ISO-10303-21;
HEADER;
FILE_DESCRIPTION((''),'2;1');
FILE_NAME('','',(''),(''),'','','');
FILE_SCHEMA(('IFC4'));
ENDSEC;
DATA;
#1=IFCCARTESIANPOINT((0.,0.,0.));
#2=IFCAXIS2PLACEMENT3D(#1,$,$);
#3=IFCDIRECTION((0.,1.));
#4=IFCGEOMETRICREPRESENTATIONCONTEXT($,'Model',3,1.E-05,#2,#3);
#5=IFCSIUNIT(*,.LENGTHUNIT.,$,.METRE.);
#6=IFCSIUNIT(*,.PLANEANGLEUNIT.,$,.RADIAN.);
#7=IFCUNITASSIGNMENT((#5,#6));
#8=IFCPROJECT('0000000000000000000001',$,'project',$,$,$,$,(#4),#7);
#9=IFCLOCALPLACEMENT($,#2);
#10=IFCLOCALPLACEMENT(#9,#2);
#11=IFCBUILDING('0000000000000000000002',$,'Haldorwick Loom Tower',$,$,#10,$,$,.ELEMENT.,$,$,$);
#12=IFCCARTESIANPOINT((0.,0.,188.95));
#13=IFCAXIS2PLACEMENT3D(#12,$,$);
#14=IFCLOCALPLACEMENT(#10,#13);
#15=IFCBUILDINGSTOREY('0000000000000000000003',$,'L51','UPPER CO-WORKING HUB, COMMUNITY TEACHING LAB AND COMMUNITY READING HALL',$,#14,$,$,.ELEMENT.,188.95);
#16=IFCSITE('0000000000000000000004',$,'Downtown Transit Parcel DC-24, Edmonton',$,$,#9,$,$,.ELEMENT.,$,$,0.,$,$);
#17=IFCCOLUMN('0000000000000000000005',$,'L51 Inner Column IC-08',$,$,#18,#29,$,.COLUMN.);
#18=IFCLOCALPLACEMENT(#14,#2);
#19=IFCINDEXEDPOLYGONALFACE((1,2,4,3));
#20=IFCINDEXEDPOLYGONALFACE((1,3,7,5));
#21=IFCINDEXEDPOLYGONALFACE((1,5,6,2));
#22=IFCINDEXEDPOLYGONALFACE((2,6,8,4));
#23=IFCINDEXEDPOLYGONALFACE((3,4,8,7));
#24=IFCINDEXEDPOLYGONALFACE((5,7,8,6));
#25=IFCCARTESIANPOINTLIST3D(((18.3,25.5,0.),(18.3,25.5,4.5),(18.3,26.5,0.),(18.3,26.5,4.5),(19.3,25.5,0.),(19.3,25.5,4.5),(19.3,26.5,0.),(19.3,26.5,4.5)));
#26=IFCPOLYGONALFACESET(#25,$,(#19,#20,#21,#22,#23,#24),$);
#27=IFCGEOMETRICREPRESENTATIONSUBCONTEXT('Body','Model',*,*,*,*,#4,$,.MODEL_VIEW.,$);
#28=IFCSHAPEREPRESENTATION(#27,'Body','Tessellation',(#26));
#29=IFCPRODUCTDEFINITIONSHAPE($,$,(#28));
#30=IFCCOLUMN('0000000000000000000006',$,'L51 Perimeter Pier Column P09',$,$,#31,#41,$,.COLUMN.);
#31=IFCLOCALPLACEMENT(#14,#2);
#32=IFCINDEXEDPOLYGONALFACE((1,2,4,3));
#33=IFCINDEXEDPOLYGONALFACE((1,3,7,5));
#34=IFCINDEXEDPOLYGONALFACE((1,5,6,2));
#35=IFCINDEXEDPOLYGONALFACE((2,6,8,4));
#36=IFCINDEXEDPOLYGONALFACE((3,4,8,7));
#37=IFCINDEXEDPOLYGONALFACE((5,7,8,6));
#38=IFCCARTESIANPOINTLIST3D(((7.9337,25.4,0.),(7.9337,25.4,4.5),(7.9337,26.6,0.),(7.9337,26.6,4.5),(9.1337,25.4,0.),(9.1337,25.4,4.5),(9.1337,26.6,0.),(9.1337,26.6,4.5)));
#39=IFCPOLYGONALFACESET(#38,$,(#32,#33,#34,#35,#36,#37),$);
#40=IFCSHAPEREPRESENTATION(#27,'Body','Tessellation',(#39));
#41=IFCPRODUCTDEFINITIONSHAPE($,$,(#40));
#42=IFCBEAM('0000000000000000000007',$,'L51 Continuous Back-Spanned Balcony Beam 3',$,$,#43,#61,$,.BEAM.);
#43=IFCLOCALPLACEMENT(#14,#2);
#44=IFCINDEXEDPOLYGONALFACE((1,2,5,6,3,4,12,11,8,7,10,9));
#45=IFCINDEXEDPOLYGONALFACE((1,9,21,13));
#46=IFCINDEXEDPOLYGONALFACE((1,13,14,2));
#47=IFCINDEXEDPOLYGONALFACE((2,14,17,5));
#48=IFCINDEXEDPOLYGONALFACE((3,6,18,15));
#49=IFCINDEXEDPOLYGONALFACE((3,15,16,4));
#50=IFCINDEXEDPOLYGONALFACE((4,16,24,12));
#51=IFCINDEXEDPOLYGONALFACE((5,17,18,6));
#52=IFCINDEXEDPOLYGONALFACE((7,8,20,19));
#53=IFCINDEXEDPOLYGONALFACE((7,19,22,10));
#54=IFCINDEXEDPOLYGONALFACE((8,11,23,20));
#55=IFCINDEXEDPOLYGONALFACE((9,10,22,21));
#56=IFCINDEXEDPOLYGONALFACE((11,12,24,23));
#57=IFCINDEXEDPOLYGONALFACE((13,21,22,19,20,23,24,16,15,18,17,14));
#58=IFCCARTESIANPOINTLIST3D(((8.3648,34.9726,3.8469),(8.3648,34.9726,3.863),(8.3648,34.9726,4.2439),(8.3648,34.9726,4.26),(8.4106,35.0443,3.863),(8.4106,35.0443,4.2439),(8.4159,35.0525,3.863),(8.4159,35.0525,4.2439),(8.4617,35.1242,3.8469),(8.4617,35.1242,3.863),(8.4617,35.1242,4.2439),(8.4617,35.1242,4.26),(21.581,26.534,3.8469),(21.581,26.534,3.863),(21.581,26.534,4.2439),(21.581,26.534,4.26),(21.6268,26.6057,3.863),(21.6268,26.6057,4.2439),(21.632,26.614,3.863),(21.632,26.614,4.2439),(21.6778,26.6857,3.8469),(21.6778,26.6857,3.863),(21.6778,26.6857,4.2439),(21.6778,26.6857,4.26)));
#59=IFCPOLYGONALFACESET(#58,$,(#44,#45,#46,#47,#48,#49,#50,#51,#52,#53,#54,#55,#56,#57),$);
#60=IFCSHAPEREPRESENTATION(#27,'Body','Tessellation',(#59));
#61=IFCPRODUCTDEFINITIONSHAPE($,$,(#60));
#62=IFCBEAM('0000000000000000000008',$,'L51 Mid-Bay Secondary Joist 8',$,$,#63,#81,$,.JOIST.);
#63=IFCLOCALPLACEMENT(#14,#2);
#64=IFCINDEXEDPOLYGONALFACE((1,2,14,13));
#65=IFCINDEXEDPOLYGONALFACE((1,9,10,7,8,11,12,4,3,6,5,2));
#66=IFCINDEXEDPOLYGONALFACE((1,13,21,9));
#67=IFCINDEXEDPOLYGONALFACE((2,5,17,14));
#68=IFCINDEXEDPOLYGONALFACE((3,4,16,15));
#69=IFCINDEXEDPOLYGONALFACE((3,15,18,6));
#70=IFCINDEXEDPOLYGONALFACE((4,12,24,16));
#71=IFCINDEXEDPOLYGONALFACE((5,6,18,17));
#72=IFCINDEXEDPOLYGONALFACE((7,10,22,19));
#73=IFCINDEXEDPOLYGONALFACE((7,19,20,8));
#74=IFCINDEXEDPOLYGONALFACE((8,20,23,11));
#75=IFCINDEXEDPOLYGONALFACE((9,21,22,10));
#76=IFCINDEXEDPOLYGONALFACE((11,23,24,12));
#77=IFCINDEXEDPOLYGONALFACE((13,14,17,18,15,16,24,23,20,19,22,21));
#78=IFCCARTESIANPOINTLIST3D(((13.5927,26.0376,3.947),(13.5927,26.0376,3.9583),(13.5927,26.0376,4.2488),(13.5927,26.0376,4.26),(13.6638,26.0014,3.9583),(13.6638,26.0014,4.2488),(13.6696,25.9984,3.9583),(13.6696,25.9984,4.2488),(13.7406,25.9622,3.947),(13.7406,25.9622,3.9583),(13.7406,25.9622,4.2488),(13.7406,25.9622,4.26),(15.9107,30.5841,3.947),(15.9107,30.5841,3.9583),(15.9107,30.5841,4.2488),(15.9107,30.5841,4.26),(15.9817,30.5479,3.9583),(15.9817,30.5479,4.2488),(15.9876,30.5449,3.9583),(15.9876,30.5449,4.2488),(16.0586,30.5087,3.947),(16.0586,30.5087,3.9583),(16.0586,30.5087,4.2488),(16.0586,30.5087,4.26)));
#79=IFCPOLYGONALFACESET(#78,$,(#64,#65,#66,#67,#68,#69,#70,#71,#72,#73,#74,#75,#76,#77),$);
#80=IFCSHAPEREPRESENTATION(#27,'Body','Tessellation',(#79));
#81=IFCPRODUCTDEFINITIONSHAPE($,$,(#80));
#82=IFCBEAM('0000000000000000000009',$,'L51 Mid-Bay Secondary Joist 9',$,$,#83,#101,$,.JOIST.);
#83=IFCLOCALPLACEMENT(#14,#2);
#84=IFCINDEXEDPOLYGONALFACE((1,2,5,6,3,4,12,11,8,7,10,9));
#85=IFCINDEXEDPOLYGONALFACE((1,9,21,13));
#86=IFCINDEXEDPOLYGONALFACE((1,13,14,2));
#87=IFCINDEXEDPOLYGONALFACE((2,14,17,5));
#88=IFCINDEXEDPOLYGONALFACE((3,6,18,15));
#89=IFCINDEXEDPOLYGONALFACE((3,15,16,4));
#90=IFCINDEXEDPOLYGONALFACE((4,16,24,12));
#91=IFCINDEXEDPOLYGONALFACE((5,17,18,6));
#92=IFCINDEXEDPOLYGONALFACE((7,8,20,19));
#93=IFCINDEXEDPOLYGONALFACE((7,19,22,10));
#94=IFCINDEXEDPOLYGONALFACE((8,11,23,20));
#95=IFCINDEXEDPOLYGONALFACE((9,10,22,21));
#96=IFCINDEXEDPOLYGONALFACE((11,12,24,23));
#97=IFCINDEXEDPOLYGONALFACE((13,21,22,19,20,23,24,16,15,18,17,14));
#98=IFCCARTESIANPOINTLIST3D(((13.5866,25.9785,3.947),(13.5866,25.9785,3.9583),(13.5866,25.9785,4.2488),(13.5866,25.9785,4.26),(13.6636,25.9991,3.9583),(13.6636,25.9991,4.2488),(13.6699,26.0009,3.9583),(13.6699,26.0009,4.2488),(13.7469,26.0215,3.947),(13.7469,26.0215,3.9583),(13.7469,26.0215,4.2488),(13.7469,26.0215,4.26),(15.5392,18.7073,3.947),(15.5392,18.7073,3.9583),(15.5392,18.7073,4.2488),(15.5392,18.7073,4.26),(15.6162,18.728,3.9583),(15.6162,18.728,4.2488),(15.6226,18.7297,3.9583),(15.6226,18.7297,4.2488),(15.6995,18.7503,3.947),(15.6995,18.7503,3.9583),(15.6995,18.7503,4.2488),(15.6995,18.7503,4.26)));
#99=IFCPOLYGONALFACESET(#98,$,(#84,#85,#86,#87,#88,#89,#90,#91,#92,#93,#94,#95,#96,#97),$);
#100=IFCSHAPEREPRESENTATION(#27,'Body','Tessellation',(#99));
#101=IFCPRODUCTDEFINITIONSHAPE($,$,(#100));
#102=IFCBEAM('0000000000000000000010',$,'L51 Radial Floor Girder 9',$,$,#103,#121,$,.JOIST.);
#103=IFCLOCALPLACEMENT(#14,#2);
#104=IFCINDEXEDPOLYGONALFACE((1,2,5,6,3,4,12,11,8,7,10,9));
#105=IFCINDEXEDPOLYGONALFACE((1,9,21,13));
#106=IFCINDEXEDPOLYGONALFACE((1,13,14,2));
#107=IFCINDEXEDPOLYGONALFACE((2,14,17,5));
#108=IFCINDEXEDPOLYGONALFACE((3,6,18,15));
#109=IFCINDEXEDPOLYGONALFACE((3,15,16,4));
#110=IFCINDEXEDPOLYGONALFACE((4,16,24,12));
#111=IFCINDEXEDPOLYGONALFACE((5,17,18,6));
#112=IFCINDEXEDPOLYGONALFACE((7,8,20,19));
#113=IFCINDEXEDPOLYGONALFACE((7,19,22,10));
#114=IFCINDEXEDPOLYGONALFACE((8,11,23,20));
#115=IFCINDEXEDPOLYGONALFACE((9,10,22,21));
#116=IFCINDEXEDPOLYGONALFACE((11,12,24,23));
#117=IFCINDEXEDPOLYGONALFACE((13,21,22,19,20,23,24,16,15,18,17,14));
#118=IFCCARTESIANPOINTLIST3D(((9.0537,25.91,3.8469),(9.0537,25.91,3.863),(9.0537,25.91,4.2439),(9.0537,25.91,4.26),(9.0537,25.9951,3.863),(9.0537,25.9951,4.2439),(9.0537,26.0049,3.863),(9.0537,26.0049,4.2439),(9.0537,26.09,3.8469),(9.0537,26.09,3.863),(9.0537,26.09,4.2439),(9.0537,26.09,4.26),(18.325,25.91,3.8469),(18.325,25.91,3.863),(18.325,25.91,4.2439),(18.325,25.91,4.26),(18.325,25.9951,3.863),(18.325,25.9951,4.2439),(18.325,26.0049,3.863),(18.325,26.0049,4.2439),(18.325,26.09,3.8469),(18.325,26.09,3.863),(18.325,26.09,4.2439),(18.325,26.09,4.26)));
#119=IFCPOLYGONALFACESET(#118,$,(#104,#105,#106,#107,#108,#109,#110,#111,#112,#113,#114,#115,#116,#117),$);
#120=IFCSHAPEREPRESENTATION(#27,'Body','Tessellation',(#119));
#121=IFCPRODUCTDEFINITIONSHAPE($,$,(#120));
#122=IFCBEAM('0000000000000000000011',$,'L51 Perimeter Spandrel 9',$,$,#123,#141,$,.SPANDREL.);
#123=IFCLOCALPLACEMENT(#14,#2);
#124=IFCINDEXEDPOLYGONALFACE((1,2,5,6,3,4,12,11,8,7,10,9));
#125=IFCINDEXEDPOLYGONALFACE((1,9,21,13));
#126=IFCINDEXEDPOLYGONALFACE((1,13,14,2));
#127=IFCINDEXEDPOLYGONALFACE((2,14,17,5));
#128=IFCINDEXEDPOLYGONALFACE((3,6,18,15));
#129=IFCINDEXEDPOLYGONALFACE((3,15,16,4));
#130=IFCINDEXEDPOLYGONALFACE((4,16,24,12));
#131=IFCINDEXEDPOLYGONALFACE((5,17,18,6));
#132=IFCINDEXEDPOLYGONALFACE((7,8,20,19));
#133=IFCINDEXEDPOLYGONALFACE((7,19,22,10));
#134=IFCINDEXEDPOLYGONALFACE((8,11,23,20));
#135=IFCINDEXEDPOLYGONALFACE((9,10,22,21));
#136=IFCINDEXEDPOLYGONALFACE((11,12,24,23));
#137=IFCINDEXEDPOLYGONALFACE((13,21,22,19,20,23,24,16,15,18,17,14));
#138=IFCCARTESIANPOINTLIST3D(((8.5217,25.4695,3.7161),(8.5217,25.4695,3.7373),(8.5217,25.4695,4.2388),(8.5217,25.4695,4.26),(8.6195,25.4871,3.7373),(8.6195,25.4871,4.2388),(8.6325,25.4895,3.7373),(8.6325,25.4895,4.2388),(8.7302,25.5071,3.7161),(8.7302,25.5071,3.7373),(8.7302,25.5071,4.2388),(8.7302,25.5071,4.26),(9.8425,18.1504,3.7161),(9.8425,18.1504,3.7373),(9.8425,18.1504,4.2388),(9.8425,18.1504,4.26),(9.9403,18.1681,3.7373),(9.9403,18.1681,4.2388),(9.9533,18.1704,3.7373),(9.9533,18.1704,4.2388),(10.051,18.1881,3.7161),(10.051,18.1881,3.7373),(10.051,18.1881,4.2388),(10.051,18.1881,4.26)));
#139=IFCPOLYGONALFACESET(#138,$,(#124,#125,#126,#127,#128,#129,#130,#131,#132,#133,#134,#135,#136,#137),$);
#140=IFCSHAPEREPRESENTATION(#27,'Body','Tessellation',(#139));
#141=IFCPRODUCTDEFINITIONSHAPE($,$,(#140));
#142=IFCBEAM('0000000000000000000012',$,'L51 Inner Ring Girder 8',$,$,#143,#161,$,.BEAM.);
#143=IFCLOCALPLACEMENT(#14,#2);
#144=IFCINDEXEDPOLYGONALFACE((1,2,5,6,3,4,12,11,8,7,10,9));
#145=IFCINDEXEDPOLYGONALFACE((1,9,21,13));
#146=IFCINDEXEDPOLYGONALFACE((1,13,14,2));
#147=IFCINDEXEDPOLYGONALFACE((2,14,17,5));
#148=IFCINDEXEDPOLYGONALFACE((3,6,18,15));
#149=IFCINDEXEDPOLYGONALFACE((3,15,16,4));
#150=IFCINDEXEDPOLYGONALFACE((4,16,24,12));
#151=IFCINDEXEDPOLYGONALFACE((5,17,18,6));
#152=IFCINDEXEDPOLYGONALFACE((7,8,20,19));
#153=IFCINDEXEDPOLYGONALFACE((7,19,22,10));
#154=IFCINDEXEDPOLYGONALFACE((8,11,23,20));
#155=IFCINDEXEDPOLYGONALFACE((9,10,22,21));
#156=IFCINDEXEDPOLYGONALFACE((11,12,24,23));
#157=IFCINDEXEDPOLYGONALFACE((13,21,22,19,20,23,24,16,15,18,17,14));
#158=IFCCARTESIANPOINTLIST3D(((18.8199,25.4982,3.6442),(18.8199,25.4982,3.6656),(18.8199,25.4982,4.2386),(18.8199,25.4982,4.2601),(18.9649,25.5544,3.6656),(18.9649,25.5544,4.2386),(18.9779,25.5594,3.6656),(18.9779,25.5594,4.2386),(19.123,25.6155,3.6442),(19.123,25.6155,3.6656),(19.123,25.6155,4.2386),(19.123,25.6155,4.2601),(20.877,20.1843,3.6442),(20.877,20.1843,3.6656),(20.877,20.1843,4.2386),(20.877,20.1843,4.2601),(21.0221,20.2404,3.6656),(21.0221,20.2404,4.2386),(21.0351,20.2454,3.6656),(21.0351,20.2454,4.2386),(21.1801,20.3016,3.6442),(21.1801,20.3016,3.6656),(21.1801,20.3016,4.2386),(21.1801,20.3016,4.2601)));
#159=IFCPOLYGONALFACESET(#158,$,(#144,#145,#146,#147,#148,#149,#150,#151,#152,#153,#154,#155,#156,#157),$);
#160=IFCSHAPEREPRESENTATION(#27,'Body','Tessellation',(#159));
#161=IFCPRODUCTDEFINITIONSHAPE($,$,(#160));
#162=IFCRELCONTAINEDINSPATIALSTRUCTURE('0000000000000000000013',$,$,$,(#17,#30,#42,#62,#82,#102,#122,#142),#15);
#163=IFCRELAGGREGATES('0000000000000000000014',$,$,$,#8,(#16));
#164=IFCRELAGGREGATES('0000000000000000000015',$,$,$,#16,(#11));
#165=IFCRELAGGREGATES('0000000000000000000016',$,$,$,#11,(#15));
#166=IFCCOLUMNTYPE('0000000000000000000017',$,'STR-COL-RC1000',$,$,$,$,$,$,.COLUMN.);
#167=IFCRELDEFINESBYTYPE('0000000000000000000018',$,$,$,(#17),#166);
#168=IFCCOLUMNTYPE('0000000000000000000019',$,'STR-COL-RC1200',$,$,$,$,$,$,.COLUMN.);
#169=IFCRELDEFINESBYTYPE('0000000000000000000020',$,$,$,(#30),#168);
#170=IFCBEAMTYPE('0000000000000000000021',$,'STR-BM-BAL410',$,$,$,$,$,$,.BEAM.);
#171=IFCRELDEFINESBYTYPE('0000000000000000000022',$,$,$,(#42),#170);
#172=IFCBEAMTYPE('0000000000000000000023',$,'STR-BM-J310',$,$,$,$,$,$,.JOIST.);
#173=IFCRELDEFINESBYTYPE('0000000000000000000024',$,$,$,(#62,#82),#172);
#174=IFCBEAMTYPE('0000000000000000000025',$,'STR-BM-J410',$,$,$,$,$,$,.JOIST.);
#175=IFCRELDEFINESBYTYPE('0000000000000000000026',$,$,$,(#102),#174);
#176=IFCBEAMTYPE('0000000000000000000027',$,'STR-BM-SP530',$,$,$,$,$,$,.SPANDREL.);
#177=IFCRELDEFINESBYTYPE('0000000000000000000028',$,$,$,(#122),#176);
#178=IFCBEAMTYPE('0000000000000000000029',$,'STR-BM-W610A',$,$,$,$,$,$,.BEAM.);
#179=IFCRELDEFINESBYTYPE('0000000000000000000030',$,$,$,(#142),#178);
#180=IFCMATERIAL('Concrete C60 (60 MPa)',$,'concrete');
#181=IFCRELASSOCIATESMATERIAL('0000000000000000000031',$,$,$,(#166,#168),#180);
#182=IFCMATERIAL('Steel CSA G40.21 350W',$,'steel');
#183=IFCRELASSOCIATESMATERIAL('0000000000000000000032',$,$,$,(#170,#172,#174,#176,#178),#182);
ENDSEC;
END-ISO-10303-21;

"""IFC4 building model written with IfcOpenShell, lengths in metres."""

from ifc_helpers import new_model, si_unit, direction, frame, origin, origin_2d, place, context, subcontext, project, spatial, rectangle, i_section, extrude, material, material_profile, profile_set, type_object, element, save


model = new_model("IFC4")

# Units and contexts
model_context = context("Model", 3, precision=1e-05, world=origin(), true_north=direction((0.0, 1.0)))
body_context = subcontext(model_context, "Body", "Model", "MODEL_VIEW")
ifc_project = project(units=[si_unit("LENGTHUNIT", "METRE"), si_unit("PLANEANGLEUNIT", "RADIAN")], contexts=[model_context])

# Site, building, storey
site_placement = place(None, origin())
site = spatial("IfcSite", under=ifc_project, at=site_placement, Name="Downtown Transit Parcel DC-24, Edmonton", CompositionType="ELEMENT", RefElevation=0.0)
building_placement = place(site_placement, origin())
building = spatial("IfcBuilding", under=site, at=building_placement, Name="Haldorwick Loom Tower", CompositionType="ELEMENT")
storey_placement = place(building_placement, frame((0.0, 0.0, 188.95)))
storey = spatial("IfcBuildingStorey", under=building, at=storey_placement, Name="L51", Description="UPPER CO-WORKING HUB, COMMUNITY TEACHING LAB AND COMMUNITY READING HALL", CompositionType="ELEMENT", Elevation=188.95)

# Columns
ifc_material_1 = material(Name="Concrete C60 (60 MPa)", Category="concrete")
ifc_material_profile_1 = material_profile(ifc_material_1, rectangle(XDim=1.0, YDim=1.0, at=origin_2d()), Name="RC1000X1000", Category="concrete")
ifc_profile_set_1 = profile_set([ifc_material_profile_1], Name="Concrete C60 (60 MPa)")
column_type_1 = type_object("IfcColumnType", Name="STR-COL-RC1000", PredefinedType="COLUMN", material=ifc_profile_set_1)
column_1_placement = place(storey_placement, frame((18.8, 26.0, 0.0), z_axis=(0.0, 0.0, 1.0), x_axis=(1.0, 0.0, 0.0)))
element("IfcColumn", 1, at=column_1_placement, inside=storey, type_object=column_type_1, Name="L51 Inner Column IC-08", PredefinedType="COLUMN", context=body_context, shape_type="SweptSolid", body=[
    extrude(rectangle(XDim=1.0, YDim=1.0, at=origin_2d()), origin(), (0.0, 0.0, 1.0), 4.5),
])
ifc_material_profile_2 = material_profile(ifc_material_1, rectangle(XDim=1.2, YDim=1.2, at=origin_2d()), Name="RC1200X1200", Category="concrete")
ifc_profile_set_2 = profile_set([ifc_material_profile_2], Name="Concrete C60 (60 MPa)")
column_type_2 = type_object("IfcColumnType", Name="STR-COL-RC1200", PredefinedType="COLUMN", material=ifc_profile_set_2)
column_2_placement = place(storey_placement, frame((8.5337, 26.0, 0.0), z_axis=(0.0, 0.0, 1.0), x_axis=(-1.0, 0.0, 0.0)))
element("IfcColumn", 2, at=column_2_placement, inside=storey, type_object=column_type_2, Name="L51 Perimeter Pier Column P09", PredefinedType="COLUMN", context=body_context, shape_type="SweptSolid", body=[
    extrude(rectangle(XDim=1.2, YDim=1.2, at=origin_2d()), origin(), (0.0, 0.0, 1.0), 4.5),
])

# Beams
ifc_material_2 = material(Name="Steel CSA G40.21 350W", Category="steel")
ifc_material_profile_3 = material_profile(ifc_material_2, i_section(OverallWidth=0.1799, OverallDepth=0.4131, WebThickness=0.0098, FlangeThickness=0.0161, at=origin_2d()), Name="W410X74", Category="steel")
ifc_profile_set_3 = profile_set([ifc_material_profile_3], Name="Steel CSA G40.21 350W")
beam_type_1 = type_object("IfcBeamType", Name="STR-BM-BAL410", PredefinedType="BEAM", material=ifc_profile_set_3)
beam_1_placement = place(storey_placement, frame((21.6294, 26.6099, 4.0535), z_axis=(-0.842844, 0.538157, 0.0), x_axis=(-0.538157, -0.842844, 0.0)))
element("IfcBeam", 3, at=beam_1_placement, inside=storey, type_object=beam_type_1, Name="L51 Continuous Back-Spanned Balcony Beam 3", PredefinedType="BEAM", context=body_context, shape_type="SweptSolid", body=[
    extrude(i_section(OverallWidth=0.1799, OverallDepth=0.4131, WebThickness=0.0098, FlangeThickness=0.0161, at=origin_2d()), origin(), (0.0, 0.0, 1.0), 15.6804),
])
ifc_material_profile_4 = material_profile(ifc_material_2, i_section(OverallWidth=0.166, OverallDepth=0.313, WebThickness=0.0066, FlangeThickness=0.0112, at=origin_2d()), Name="W310X45", Category="steel")
ifc_profile_set_4 = profile_set([ifc_material_profile_4], Name="Steel CSA G40.21 350W")
beam_type_2 = type_object("IfcBeamType", Name="STR-BM-J310", PredefinedType="JOIST", material=ifc_profile_set_4)
beam_2_placement = place(storey_placement, frame((15.9846, 30.5464, 4.1035), z_axis=(-0.454204, -0.890898, 0.0), x_axis=(0.890898, -0.454204, 0.0)))
element("IfcBeam", 4, at=beam_2_placement, inside=storey, type_object=beam_type_2, Name="L51 Mid-Bay Secondary Joist 8", PredefinedType="JOIST", context=body_context, shape_type="SweptSolid", body=[
    extrude(i_section(OverallWidth=0.166, OverallDepth=0.313, WebThickness=0.0066, FlangeThickness=0.0112, at=origin_2d()), origin(), (0.0, 0.0, 1.0), 5.1033),
])
beam_3_placement = place(storey_placement, frame((13.6667, 26.0, 4.1035), z_axis=(0.259354, -0.965782, 0.0), x_axis=(0.965782, 0.259354, 0.0)))
element("IfcBeam", 5, at=beam_3_placement, inside=storey, type_object=beam_type_2, Name="L51 Mid-Bay Secondary Joist 9", PredefinedType="JOIST", context=body_context, shape_type="SweptSolid", body=[
    extrude(i_section(OverallWidth=0.166, OverallDepth=0.313, WebThickness=0.0066, FlangeThickness=0.0112, at=origin_2d()), origin(), (0.0, 0.0, 1.0), 7.5288),
])
ifc_material_profile_5 = material_profile(ifc_material_2, i_section(OverallWidth=0.1799, OverallDepth=0.4131, WebThickness=0.0098, FlangeThickness=0.0161, at=origin_2d()), Name="W410X74", Category="steel")
ifc_profile_set_5 = profile_set([ifc_material_profile_5], Name="Steel CSA G40.21 350W")
beam_type_3 = type_object("IfcBeamType", Name="STR-BM-J410", PredefinedType="JOIST", material=ifc_profile_set_5)
beam_4_placement = place(storey_placement, frame((18.325, 26.0, 4.0535), z_axis=(-1.0, 0.0, 0.0), x_axis=(0.0, -1.0, 0.0)))
element("IfcBeam", 6, at=beam_4_placement, inside=storey, type_object=beam_type_3, Name="L51 Radial Floor Girder 9", PredefinedType="JOIST", context=body_context, shape_type="SweptSolid", body=[
    extrude(i_section(OverallWidth=0.1799, OverallDepth=0.4131, WebThickness=0.0098, FlangeThickness=0.0161, at=origin_2d()), origin(), (0.0, 0.0, 1.0), 9.2712),
])
ifc_material_profile_6 = material_profile(ifc_material_2, i_section(OverallWidth=0.2119, OverallDepth=0.5439, WebThickness=0.0132, FlangeThickness=0.0212, at=origin_2d()), Name="W530X123", Category="steel")
ifc_profile_set_6 = profile_set([ifc_material_profile_6], Name="Steel CSA G40.21 350W")
beam_type_4 = type_object("IfcBeamType", Name="STR-BM-SP530", PredefinedType="SPANDREL", material=ifc_profile_set_6)
beam_5_placement = place(storey_placement, frame((8.626, 25.4883, 3.988), z_axis=(0.177591, -0.984104, 0.0), x_axis=(0.984104, 0.177591, 0.0)))
element("IfcBeam", 7, at=beam_5_placement, inside=storey, type_object=beam_type_4, Name="L51 Perimeter Spandrel 9", PredefinedType="SPANDREL", context=body_context, shape_type="SweptSolid", body=[
    extrude(i_section(OverallWidth=0.2119, OverallDepth=0.5439, WebThickness=0.0132, FlangeThickness=0.0212, at=origin_2d()), origin(), (0.0, 0.0, 1.0), 7.4373),
])
ifc_material_profile_7 = material_profile(ifc_material_2, i_section(OverallWidth=0.325, OverallDepth=0.616, WebThickness=0.0139, FlangeThickness=0.0215, at=origin_2d()), Name="W610X174", Category="steel")
ifc_profile_set_7 = profile_set([ifc_material_profile_7], Name="Steel CSA G40.21 350W")
beam_type_5 = type_object("IfcBeamType", Name="STR-BM-W610A", PredefinedType="BEAM", material=ifc_profile_set_7)
beam_6_placement = place(storey_placement, frame((21.0286, 20.2429, 3.9521), z_axis=(-0.361011, 0.932562, 0.0), x_axis=(-0.932562, -0.361011, 0.0)))
element("IfcBeam", 8, at=beam_6_placement, inside=storey, type_object=beam_type_5, Name="L51 Inner Ring Girder 8", PredefinedType="BEAM", context=body_context, shape_type="SweptSolid", body=[
    extrude(i_section(OverallWidth=0.325, OverallDepth=0.616, WebThickness=0.0139, FlangeThickness=0.0215, at=origin_2d()), origin(), (0.0, 0.0, 1.0), 5.6982),
])

save(model, "model.ifc")
